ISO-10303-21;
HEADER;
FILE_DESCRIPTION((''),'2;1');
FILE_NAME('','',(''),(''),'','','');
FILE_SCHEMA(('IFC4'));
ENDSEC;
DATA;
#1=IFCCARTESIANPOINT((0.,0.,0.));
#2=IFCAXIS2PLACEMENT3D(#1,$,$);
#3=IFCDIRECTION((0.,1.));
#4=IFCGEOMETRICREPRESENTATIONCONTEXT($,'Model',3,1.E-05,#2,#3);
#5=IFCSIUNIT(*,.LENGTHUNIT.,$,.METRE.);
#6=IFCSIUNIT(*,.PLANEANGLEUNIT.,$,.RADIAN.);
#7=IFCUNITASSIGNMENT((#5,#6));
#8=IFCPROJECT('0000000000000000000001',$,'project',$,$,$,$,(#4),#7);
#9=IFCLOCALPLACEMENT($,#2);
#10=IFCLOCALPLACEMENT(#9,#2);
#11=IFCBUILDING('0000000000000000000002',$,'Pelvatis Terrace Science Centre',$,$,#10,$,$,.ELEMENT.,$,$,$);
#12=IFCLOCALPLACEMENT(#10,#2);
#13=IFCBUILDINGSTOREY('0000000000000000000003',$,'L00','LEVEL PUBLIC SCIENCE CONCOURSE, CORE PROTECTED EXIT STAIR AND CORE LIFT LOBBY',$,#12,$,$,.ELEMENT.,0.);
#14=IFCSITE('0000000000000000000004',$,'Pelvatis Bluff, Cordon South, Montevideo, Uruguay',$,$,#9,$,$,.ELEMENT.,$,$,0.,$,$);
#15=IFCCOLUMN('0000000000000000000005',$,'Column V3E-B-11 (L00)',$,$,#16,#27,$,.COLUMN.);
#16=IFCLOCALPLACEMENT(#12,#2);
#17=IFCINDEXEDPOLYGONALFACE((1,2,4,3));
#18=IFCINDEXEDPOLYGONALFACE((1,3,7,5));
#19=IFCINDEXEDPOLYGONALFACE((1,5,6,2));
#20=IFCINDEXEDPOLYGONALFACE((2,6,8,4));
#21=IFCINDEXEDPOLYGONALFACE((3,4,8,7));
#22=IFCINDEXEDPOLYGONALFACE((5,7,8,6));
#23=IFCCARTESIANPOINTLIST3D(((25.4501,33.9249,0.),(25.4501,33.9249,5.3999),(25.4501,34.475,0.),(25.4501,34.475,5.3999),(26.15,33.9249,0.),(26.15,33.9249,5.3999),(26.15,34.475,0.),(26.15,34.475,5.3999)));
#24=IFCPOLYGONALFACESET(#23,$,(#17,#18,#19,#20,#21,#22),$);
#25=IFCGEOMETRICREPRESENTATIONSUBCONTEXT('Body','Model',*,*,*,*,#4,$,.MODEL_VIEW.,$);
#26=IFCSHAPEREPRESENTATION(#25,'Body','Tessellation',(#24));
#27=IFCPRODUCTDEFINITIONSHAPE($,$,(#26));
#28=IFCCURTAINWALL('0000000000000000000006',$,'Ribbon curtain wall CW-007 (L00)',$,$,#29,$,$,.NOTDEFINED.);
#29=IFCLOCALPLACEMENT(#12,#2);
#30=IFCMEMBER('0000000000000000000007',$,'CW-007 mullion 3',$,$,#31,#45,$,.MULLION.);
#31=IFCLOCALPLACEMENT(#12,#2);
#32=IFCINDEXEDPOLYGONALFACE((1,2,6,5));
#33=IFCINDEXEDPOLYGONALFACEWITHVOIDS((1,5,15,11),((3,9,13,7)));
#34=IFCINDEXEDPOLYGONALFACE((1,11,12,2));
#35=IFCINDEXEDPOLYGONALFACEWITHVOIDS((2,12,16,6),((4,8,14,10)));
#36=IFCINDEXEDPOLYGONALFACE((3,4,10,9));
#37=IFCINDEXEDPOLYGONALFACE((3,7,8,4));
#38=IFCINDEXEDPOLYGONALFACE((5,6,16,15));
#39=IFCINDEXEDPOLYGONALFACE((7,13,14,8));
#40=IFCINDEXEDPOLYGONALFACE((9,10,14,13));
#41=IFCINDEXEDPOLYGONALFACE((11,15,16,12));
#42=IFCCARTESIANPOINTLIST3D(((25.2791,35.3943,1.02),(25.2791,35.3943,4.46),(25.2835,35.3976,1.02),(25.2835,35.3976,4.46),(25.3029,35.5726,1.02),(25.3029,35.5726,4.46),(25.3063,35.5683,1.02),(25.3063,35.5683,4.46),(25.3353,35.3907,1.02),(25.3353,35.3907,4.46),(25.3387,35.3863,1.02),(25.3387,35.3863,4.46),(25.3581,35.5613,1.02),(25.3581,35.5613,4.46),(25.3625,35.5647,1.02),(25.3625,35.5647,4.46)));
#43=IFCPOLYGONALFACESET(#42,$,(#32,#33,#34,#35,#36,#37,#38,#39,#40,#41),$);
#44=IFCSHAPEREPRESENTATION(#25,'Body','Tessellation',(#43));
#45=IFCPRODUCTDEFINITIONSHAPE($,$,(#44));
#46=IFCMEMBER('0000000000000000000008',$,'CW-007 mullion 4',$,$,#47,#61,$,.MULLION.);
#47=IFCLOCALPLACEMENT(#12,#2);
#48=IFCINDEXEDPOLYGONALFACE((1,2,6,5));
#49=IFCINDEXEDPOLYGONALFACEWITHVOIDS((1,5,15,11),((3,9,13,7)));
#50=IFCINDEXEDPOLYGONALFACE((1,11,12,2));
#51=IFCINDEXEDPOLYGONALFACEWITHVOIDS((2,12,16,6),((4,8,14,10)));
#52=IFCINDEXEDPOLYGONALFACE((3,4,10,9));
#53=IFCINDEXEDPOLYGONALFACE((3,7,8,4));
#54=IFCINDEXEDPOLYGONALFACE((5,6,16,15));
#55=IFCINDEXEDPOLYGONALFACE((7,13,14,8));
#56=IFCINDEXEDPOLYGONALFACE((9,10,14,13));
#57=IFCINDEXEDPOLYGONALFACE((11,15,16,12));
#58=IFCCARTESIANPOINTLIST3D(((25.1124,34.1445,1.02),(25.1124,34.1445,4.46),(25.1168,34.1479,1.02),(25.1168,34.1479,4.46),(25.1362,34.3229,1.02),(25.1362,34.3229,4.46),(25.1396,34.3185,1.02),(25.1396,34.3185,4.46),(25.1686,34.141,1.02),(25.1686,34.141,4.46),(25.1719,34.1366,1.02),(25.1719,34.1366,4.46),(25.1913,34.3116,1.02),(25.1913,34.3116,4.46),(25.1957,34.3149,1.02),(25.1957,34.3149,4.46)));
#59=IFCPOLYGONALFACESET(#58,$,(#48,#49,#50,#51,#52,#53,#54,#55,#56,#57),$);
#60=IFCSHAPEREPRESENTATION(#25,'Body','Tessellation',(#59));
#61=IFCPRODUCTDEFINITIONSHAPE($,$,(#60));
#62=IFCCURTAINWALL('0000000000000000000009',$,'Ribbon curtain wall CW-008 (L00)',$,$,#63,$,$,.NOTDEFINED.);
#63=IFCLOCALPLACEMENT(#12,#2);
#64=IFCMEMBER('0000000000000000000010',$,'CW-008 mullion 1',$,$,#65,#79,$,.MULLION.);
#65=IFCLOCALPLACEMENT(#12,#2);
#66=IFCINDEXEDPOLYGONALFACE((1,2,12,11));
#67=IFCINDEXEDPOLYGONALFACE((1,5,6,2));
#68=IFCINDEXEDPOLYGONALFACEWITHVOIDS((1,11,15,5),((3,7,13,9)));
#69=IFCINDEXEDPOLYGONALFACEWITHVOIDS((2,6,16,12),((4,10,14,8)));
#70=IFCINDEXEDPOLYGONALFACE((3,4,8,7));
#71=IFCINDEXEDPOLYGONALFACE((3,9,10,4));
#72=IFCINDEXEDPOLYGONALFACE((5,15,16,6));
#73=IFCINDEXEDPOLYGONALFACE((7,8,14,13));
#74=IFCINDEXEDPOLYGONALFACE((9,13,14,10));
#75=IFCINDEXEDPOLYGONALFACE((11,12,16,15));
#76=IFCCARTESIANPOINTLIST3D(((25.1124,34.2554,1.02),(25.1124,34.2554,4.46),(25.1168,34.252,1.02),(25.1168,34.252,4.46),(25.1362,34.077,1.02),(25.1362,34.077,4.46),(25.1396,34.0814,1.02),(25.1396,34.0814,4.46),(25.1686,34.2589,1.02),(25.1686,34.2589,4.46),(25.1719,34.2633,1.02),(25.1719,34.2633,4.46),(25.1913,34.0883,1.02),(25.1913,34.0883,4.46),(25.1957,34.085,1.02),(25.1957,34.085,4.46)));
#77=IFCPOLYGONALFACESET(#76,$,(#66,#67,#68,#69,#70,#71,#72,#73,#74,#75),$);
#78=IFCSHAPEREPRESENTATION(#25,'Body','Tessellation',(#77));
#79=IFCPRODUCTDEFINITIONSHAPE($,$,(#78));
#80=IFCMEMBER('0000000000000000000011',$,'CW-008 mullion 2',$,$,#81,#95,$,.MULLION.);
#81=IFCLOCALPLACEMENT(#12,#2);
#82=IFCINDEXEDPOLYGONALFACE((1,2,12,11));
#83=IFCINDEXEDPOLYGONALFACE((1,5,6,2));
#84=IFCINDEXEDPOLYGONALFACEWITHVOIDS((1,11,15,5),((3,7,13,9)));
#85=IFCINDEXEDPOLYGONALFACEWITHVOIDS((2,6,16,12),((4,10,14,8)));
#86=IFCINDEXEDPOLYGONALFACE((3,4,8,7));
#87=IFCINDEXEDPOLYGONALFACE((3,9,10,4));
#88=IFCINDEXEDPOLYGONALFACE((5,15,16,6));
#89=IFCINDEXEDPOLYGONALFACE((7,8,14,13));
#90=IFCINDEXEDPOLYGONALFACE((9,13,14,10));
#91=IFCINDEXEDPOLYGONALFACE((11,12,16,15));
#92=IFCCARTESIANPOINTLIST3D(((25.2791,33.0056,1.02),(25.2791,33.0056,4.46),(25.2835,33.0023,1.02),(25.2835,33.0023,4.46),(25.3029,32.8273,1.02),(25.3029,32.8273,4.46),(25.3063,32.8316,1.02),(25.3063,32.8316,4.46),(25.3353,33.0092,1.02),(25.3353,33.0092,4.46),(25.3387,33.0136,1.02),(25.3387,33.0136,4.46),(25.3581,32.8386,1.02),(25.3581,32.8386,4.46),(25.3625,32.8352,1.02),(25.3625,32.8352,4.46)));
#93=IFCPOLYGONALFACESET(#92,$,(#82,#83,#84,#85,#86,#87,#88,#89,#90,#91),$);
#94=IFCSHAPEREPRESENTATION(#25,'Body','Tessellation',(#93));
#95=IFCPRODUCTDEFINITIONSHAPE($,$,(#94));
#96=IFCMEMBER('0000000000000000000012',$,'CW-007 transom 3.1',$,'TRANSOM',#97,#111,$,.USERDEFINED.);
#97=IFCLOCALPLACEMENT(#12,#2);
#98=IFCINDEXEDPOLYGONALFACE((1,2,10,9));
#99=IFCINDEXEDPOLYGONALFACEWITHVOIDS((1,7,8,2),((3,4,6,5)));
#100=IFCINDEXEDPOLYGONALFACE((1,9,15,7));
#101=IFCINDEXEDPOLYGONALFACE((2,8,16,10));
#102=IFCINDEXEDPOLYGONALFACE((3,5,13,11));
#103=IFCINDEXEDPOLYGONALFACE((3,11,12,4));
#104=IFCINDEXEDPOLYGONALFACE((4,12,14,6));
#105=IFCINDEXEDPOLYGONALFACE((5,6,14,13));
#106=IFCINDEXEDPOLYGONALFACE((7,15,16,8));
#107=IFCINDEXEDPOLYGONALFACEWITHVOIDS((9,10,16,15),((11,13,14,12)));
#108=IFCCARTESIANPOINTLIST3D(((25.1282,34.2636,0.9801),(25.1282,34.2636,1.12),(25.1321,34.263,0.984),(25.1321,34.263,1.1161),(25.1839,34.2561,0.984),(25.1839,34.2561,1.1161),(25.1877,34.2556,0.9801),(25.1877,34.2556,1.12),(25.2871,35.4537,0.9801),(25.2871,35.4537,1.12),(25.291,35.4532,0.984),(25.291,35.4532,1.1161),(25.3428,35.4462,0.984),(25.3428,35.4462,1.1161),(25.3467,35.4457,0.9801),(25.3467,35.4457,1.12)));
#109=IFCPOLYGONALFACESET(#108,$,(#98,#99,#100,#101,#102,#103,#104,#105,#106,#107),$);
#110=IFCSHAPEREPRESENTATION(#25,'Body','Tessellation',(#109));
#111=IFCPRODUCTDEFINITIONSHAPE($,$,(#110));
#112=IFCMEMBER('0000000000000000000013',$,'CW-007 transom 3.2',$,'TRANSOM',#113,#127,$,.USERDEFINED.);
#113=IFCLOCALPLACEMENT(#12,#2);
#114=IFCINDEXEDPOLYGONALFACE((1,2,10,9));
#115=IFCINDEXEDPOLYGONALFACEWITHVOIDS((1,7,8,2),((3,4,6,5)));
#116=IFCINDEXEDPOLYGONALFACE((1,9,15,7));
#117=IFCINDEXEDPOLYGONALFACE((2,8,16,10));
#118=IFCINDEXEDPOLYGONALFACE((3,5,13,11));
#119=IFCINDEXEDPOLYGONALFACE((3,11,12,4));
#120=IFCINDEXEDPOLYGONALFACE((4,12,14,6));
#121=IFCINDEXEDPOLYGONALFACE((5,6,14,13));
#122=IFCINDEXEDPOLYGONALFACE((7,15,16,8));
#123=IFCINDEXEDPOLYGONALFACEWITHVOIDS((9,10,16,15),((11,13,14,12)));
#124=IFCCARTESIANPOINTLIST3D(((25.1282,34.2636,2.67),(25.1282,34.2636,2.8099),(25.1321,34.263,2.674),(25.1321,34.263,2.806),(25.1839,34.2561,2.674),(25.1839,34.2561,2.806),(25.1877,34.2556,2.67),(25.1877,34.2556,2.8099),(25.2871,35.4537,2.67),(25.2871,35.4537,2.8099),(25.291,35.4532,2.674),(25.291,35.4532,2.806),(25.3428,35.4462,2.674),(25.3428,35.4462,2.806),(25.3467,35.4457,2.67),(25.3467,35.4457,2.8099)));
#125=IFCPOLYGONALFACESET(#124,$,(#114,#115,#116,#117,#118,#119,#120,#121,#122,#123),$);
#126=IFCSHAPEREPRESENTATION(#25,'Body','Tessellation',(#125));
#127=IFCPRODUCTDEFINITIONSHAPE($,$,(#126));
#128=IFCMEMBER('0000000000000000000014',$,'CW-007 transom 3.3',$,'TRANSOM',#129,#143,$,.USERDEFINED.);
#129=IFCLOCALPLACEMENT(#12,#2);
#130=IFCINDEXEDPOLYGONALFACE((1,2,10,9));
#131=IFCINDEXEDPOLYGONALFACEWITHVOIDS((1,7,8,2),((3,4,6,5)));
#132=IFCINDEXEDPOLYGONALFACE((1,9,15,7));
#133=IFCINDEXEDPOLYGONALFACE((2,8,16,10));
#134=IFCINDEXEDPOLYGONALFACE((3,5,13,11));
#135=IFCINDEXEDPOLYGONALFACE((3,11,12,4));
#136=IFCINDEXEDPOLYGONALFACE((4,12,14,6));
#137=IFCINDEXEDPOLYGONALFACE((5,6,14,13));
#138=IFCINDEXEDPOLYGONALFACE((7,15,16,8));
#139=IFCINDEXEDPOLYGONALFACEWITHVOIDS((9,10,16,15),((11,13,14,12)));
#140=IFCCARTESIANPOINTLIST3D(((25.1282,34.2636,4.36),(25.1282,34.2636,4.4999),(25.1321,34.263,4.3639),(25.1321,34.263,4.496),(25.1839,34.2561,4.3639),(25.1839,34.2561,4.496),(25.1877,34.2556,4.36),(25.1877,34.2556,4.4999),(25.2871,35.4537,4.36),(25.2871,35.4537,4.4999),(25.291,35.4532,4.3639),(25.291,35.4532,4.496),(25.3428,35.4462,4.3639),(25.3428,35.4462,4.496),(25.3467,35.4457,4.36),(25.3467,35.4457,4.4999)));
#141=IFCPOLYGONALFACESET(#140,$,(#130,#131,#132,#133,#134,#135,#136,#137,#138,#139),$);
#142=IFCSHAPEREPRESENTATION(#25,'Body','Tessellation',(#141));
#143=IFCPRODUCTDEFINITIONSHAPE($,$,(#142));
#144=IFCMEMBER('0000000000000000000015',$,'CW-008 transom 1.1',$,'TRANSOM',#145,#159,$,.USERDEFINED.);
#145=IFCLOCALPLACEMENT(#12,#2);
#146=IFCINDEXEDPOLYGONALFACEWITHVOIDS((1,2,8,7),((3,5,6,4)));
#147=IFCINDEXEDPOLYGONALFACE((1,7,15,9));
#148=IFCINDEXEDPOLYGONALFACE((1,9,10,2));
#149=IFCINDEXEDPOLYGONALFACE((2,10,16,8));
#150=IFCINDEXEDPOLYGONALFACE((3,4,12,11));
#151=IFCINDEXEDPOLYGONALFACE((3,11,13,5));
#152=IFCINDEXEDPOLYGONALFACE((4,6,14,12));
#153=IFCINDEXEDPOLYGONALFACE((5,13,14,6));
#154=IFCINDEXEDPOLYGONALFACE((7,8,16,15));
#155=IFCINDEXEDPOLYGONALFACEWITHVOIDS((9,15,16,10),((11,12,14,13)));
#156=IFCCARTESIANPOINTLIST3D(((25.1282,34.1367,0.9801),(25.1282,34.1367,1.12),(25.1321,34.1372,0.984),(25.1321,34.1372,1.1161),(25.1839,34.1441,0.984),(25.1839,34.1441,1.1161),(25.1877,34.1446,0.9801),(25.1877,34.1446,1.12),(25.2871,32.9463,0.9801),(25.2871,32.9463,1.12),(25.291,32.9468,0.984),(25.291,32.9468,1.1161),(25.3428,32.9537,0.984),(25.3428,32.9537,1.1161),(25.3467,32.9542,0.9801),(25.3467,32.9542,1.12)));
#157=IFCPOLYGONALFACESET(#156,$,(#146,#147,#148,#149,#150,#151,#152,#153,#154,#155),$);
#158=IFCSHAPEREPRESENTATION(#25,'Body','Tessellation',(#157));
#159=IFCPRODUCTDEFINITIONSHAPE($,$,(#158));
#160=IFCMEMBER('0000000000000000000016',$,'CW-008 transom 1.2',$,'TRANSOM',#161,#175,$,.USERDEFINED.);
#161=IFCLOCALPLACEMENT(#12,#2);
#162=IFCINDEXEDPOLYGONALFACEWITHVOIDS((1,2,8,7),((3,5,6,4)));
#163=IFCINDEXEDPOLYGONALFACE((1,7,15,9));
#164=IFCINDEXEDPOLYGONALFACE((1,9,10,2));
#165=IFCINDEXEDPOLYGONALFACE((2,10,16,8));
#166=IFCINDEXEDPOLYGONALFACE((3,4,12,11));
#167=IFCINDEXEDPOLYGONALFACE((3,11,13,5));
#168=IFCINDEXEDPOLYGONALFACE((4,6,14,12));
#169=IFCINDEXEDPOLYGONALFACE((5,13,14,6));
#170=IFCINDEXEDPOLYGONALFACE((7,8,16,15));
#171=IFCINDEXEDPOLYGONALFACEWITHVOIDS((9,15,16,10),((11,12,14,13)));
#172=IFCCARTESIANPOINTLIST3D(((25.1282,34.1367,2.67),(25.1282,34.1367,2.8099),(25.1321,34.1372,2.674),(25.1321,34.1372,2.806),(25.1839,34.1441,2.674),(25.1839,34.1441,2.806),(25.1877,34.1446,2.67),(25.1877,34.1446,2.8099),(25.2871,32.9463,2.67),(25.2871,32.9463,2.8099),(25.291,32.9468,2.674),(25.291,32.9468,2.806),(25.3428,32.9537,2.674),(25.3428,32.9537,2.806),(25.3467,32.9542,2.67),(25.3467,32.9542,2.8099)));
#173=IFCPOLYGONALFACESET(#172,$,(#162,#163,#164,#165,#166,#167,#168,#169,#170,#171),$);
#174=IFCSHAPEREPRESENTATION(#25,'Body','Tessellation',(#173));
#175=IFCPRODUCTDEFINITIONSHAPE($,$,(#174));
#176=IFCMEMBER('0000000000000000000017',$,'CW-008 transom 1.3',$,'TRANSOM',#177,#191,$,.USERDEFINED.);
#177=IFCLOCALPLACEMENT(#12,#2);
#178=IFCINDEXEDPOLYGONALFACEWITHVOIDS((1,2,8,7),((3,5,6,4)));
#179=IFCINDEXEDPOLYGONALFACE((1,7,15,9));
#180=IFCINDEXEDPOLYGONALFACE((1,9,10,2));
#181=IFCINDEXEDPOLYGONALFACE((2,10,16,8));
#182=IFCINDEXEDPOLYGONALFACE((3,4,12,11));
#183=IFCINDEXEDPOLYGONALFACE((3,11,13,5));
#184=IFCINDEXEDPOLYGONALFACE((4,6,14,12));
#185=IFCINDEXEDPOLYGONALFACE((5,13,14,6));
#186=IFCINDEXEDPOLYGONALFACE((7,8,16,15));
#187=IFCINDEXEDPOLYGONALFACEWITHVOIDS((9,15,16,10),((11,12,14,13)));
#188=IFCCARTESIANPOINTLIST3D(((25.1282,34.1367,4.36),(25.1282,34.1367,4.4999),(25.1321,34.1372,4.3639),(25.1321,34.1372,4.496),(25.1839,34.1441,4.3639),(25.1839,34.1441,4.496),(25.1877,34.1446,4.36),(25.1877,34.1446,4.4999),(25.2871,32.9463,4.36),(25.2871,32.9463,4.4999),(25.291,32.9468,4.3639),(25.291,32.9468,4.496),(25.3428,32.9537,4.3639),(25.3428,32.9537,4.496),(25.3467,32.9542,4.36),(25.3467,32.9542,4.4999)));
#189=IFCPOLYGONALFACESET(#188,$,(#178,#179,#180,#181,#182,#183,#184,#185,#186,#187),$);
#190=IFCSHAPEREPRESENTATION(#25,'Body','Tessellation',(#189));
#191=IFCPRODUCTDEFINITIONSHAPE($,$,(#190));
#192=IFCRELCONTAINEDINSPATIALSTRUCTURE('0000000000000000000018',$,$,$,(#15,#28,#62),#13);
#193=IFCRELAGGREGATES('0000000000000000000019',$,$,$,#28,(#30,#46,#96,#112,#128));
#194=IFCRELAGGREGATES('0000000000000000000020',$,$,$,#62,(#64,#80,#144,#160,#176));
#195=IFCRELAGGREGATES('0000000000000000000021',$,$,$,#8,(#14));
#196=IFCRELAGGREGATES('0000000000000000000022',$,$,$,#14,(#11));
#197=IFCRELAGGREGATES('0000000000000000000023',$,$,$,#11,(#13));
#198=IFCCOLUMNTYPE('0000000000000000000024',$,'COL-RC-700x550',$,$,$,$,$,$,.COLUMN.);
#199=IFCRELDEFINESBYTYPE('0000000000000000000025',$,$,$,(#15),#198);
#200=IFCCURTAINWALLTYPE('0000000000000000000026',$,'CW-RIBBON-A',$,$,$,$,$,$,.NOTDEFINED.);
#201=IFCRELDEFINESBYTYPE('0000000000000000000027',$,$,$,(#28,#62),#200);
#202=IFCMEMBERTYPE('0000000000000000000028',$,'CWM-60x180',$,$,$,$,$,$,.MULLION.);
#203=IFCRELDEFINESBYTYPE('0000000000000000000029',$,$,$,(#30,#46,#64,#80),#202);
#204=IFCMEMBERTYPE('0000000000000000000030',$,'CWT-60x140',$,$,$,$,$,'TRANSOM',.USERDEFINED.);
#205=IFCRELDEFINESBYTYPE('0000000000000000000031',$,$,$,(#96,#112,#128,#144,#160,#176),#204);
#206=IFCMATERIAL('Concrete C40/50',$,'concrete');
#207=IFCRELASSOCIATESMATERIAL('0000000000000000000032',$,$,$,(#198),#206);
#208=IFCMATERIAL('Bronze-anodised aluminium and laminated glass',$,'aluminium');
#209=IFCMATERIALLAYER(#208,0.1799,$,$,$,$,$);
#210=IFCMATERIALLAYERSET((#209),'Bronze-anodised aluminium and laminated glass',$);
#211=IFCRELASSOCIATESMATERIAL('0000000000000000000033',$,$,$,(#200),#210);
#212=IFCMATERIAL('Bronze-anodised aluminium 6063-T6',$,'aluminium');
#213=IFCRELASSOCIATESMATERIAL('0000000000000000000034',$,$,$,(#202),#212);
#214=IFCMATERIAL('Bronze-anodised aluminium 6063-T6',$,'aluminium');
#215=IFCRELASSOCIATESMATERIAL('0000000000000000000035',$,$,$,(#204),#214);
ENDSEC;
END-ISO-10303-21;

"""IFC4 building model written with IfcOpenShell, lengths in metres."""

from ifc_helpers import new_model, si_unit, direction, frame, origin, origin_2d, place, context, subcontext, project, spatial, rectangle, hollow_rectangle, extrude, material, layer, layer_set, material_profile, profile_set, type_object, element, aggregate, save


model = new_model("IFC4")

# Units and contexts
model_context = context("Model", 3, precision=1e-05, world=origin(), true_north=direction((0.0, 1.0)))
body_context = subcontext(model_context, "Body", "Model", "MODEL_VIEW")
ifc_project = project(units=[si_unit("LENGTHUNIT", "METRE"), si_unit("PLANEANGLEUNIT", "RADIAN")], contexts=[model_context])

# Site, building, storey
site_placement = place(None, origin())
site = spatial("IfcSite", under=ifc_project, at=site_placement, Name="Pelvatis Bluff, Cordon South, Montevideo, Uruguay", CompositionType="ELEMENT", RefElevation=0.0)
building_placement = place(site_placement, origin())
building = spatial("IfcBuilding", under=site, at=building_placement, Name="Pelvatis Terrace Science Centre", CompositionType="ELEMENT")
storey_placement = place(building_placement, origin())
storey = spatial("IfcBuildingStorey", under=building, at=storey_placement, Name="L00", Description="LEVEL PUBLIC SCIENCE CONCOURSE, CORE PROTECTED EXIT STAIR AND CORE LIFT LOBBY", CompositionType="ELEMENT", Elevation=0.0)

# Column
ifc_material_1 = material(Name="Concrete C40/50", Category="concrete")
ifc_material_profile_1 = material_profile(ifc_material_1, rectangle(XDim=0.7, YDim=0.55, at=origin_2d()), Name="RC-COL 700x550")
ifc_profile_set_1 = profile_set([ifc_material_profile_1], Name="Concrete C40/50")
column_type = type_object("IfcColumnType", Name="COL-RC-700x550", PredefinedType="COLUMN", material=ifc_profile_set_1)
column_placement = place(storey_placement, frame((25.8, 34.2, 0.0), z_axis=(0.0, 0.0, 1.0), x_axis=(1.0, 0.0, 0.0)))
element("IfcColumn", 1, at=column_placement, inside=storey, type_object=column_type, Name="Column V3E-B-11 (L00)", PredefinedType="COLUMN", context=body_context, shape_type="SweptSolid", body=[
    extrude(rectangle(XDim=0.7, YDim=0.55, at=origin_2d()), origin(), (0.0, 0.0, 1.0), 5.3999),
])

# Curtain walls, members
ifc_material_2 = material(Name="Bronze-anodised aluminium and laminated glass", Category="aluminium")
ifc_layer_1 = layer(ifc_material_2, 0.1799)
ifc_layer_set_1 = layer_set([ifc_layer_1], Name="Bronze-anodised aluminium and laminated glass")
curtain_wall_type = type_object("IfcCurtainWallType", Name="CW-RIBBON-A", PredefinedType="NOTDEFINED", material=ifc_layer_set_1)
curtain_wall_1_placement = place(storey_placement, origin())
curtain_wall_1 = element("IfcCurtainWall", 2, at=curtain_wall_1_placement, inside=storey, type_object=curtain_wall_type, Name="Ribbon curtain wall CW-007 (L00)", PredefinedType="NOTDEFINED")
ifc_material_3 = material(Name="Bronze-anodised aluminium 6063-T6", Category="aluminium")
ifc_material_profile_2 = material_profile(ifc_material_3, hollow_rectangle(XDim=0.0601, YDim=0.1799, WallThickness=0.0039, at=origin_2d()), Name="ALU-MUL 60x180")
ifc_profile_set_2 = profile_set([ifc_material_profile_2], Name="Bronze-anodised aluminium 6063-T6")
member_type_1 = type_object("IfcMemberType", Name="CWM-60x180", PredefinedType="MULLION", material=ifc_profile_set_2)
member_1_placement = place(storey_placement, frame((25.3208, 35.4795, 1.02), z_axis=(0.0, 0.0, 1.0), x_axis=(0.991197, -0.132392, 0.0)))
member_1 = element("IfcMember", 3, at=member_1_placement, type_object=member_type_1, Name="CW-007 mullion 3", PredefinedType="MULLION", context=body_context, shape_type="SweptSolid", body=[
    extrude(hollow_rectangle(XDim=0.0601, YDim=0.1799, WallThickness=0.0039, at=origin_2d()), origin(), (0.0, 0.0, 1.0), 3.4399),
])
member_2_placement = place(storey_placement, frame((25.1541, 34.2297, 1.02), z_axis=(0.0, 0.0, 1.0), x_axis=(0.991197, -0.132392, 0.0)))
member_2 = element("IfcMember", 4, at=member_2_placement, type_object=member_type_1, Name="CW-007 mullion 4", PredefinedType="MULLION", context=body_context, shape_type="SweptSolid", body=[
    extrude(hollow_rectangle(XDim=0.0601, YDim=0.1799, WallThickness=0.0039, at=origin_2d()), origin(), (0.0, 0.0, 1.0), 3.4399),
])
curtain_wall_2_placement = place(storey_placement, origin())
curtain_wall_2 = element("IfcCurtainWall", 5, at=curtain_wall_2_placement, inside=storey, type_object=curtain_wall_type, Name="Ribbon curtain wall CW-008 (L00)", PredefinedType="NOTDEFINED")
member_3_placement = place(storey_placement, frame((25.1541, 34.1702, 1.02), z_axis=(0.0, 0.0, 1.0), x_axis=(0.991197, 0.132392, 0.0)))
member_3 = element("IfcMember", 6, at=member_3_placement, type_object=member_type_1, Name="CW-008 mullion 1", PredefinedType="MULLION", context=body_context, shape_type="SweptSolid", body=[
    extrude(hollow_rectangle(XDim=0.0601, YDim=0.1799, WallThickness=0.0039, at=origin_2d()), origin(), (0.0, 0.0, 1.0), 3.4399),
])
member_4_placement = place(storey_placement, frame((25.3208, 32.9204, 1.02), z_axis=(0.0, 0.0, 1.0), x_axis=(0.991197, 0.132392, 0.0)))
member_4 = element("IfcMember", 7, at=member_4_placement, type_object=member_type_1, Name="CW-008 mullion 2", PredefinedType="MULLION", context=body_context, shape_type="SweptSolid", body=[
    extrude(hollow_rectangle(XDim=0.0601, YDim=0.1799, WallThickness=0.0039, at=origin_2d()), origin(), (0.0, 0.0, 1.0), 3.4399),
])

# Members
ifc_material_4 = material(Name="Bronze-anodised aluminium 6063-T6", Category="aluminium")
ifc_material_profile_3 = material_profile(ifc_material_4, hollow_rectangle(XDim=0.0601, YDim=0.1399, WallThickness=0.0039, at=origin_2d()), Name="ALU-TRN 60x140")
ifc_profile_set_3 = profile_set([ifc_material_profile_3], Name="Bronze-anodised aluminium 6063-T6")
member_type_2 = type_object("IfcMemberType", Name="CWT-60x140", ElementType="TRANSOM", PredefinedType="USERDEFINED", material=ifc_profile_set_3)
member_5_placement = place(storey_placement, frame((25.3169, 35.4497, 1.05), z_axis=(-0.132363, -0.991201, 0.0), x_axis=(0.991201, -0.132363, 0.0)))
member_5 = element("IfcMember", 8, at=member_5_placement, type_object=member_type_2, Name="CW-007 transom 3.1", ObjectType="TRANSOM", PredefinedType="USERDEFINED", context=body_context, shape_type="SweptSolid", body=[
    extrude(hollow_rectangle(XDim=0.0601, YDim=0.1399, WallThickness=0.0039, at=origin_2d()), origin(), (0.0, 0.0, 1.0), 1.2007),
])
member_6_placement = place(storey_placement, frame((25.3169, 35.4497, 2.74), z_axis=(-0.132363, -0.991201, 0.0), x_axis=(0.991201, -0.132363, 0.0)))
member_6 = element("IfcMember", 9, at=member_6_placement, type_object=member_type_2, Name="CW-007 transom 3.2", ObjectType="TRANSOM", PredefinedType="USERDEFINED", context=body_context, shape_type="SweptSolid", body=[
    extrude(hollow_rectangle(XDim=0.0601, YDim=0.1399, WallThickness=0.0039, at=origin_2d()), origin(), (0.0, 0.0, 1.0), 1.2007),
])
member_7_placement = place(storey_placement, frame((25.3169, 35.4497, 4.4299), z_axis=(-0.132363, -0.991201, 0.0), x_axis=(0.991201, -0.132363, 0.0)))
member_7 = element("IfcMember", 10, at=member_7_placement, type_object=member_type_2, Name="CW-007 transom 3.3", ObjectType="TRANSOM", PredefinedType="USERDEFINED", context=body_context, shape_type="SweptSolid", body=[
    extrude(hollow_rectangle(XDim=0.0601, YDim=0.1399, WallThickness=0.0039, at=origin_2d()), origin(), (0.0, 0.0, 1.0), 1.2007),
])
member_8_placement = place(storey_placement, frame((25.158, 34.1406, 1.05), z_axis=(0.132337, -0.991205, 0.0), x_axis=(0.991205, 0.132337, 0.0)))
member_8 = element("IfcMember", 11, at=member_8_placement, type_object=member_type_2, Name="CW-008 transom 1.1", ObjectType="TRANSOM", PredefinedType="USERDEFINED", context=body_context, shape_type="SweptSolid", body=[
    extrude(hollow_rectangle(XDim=0.0601, YDim=0.1399, WallThickness=0.0039, at=origin_2d()), origin(), (0.0, 0.0, 1.0), 1.2009),
])
member_9_placement = place(storey_placement, frame((25.158, 34.1406, 2.74), z_axis=(0.132337, -0.991205, 0.0), x_axis=(0.991205, 0.132337, 0.0)))
member_9 = element("IfcMember", 12, at=member_9_placement, type_object=member_type_2, Name="CW-008 transom 1.2", ObjectType="TRANSOM", PredefinedType="USERDEFINED", context=body_context, shape_type="SweptSolid", body=[
    extrude(hollow_rectangle(XDim=0.0601, YDim=0.1399, WallThickness=0.0039, at=origin_2d()), origin(), (0.0, 0.0, 1.0), 1.2009),
])
member_10_placement = place(storey_placement, frame((25.158, 34.1406, 4.4299), z_axis=(0.132337, -0.991205, 0.0), x_axis=(0.991205, 0.132337, 0.0)))
member_10 = element("IfcMember", 13, at=member_10_placement, type_object=member_type_2, Name="CW-008 transom 1.3", ObjectType="TRANSOM", PredefinedType="USERDEFINED", context=body_context, shape_type="SweptSolid", body=[
    extrude(hollow_rectangle(XDim=0.0601, YDim=0.1399, WallThickness=0.0039, at=origin_2d()), origin(), (0.0, 0.0, 1.0), 1.2009),
])

aggregate(curtain_wall_1, [member_1, member_2, member_5, member_6, member_7])
aggregate(curtain_wall_2, [member_3, member_4, member_8, member_9, member_10])

save(model, "model.ifc")
